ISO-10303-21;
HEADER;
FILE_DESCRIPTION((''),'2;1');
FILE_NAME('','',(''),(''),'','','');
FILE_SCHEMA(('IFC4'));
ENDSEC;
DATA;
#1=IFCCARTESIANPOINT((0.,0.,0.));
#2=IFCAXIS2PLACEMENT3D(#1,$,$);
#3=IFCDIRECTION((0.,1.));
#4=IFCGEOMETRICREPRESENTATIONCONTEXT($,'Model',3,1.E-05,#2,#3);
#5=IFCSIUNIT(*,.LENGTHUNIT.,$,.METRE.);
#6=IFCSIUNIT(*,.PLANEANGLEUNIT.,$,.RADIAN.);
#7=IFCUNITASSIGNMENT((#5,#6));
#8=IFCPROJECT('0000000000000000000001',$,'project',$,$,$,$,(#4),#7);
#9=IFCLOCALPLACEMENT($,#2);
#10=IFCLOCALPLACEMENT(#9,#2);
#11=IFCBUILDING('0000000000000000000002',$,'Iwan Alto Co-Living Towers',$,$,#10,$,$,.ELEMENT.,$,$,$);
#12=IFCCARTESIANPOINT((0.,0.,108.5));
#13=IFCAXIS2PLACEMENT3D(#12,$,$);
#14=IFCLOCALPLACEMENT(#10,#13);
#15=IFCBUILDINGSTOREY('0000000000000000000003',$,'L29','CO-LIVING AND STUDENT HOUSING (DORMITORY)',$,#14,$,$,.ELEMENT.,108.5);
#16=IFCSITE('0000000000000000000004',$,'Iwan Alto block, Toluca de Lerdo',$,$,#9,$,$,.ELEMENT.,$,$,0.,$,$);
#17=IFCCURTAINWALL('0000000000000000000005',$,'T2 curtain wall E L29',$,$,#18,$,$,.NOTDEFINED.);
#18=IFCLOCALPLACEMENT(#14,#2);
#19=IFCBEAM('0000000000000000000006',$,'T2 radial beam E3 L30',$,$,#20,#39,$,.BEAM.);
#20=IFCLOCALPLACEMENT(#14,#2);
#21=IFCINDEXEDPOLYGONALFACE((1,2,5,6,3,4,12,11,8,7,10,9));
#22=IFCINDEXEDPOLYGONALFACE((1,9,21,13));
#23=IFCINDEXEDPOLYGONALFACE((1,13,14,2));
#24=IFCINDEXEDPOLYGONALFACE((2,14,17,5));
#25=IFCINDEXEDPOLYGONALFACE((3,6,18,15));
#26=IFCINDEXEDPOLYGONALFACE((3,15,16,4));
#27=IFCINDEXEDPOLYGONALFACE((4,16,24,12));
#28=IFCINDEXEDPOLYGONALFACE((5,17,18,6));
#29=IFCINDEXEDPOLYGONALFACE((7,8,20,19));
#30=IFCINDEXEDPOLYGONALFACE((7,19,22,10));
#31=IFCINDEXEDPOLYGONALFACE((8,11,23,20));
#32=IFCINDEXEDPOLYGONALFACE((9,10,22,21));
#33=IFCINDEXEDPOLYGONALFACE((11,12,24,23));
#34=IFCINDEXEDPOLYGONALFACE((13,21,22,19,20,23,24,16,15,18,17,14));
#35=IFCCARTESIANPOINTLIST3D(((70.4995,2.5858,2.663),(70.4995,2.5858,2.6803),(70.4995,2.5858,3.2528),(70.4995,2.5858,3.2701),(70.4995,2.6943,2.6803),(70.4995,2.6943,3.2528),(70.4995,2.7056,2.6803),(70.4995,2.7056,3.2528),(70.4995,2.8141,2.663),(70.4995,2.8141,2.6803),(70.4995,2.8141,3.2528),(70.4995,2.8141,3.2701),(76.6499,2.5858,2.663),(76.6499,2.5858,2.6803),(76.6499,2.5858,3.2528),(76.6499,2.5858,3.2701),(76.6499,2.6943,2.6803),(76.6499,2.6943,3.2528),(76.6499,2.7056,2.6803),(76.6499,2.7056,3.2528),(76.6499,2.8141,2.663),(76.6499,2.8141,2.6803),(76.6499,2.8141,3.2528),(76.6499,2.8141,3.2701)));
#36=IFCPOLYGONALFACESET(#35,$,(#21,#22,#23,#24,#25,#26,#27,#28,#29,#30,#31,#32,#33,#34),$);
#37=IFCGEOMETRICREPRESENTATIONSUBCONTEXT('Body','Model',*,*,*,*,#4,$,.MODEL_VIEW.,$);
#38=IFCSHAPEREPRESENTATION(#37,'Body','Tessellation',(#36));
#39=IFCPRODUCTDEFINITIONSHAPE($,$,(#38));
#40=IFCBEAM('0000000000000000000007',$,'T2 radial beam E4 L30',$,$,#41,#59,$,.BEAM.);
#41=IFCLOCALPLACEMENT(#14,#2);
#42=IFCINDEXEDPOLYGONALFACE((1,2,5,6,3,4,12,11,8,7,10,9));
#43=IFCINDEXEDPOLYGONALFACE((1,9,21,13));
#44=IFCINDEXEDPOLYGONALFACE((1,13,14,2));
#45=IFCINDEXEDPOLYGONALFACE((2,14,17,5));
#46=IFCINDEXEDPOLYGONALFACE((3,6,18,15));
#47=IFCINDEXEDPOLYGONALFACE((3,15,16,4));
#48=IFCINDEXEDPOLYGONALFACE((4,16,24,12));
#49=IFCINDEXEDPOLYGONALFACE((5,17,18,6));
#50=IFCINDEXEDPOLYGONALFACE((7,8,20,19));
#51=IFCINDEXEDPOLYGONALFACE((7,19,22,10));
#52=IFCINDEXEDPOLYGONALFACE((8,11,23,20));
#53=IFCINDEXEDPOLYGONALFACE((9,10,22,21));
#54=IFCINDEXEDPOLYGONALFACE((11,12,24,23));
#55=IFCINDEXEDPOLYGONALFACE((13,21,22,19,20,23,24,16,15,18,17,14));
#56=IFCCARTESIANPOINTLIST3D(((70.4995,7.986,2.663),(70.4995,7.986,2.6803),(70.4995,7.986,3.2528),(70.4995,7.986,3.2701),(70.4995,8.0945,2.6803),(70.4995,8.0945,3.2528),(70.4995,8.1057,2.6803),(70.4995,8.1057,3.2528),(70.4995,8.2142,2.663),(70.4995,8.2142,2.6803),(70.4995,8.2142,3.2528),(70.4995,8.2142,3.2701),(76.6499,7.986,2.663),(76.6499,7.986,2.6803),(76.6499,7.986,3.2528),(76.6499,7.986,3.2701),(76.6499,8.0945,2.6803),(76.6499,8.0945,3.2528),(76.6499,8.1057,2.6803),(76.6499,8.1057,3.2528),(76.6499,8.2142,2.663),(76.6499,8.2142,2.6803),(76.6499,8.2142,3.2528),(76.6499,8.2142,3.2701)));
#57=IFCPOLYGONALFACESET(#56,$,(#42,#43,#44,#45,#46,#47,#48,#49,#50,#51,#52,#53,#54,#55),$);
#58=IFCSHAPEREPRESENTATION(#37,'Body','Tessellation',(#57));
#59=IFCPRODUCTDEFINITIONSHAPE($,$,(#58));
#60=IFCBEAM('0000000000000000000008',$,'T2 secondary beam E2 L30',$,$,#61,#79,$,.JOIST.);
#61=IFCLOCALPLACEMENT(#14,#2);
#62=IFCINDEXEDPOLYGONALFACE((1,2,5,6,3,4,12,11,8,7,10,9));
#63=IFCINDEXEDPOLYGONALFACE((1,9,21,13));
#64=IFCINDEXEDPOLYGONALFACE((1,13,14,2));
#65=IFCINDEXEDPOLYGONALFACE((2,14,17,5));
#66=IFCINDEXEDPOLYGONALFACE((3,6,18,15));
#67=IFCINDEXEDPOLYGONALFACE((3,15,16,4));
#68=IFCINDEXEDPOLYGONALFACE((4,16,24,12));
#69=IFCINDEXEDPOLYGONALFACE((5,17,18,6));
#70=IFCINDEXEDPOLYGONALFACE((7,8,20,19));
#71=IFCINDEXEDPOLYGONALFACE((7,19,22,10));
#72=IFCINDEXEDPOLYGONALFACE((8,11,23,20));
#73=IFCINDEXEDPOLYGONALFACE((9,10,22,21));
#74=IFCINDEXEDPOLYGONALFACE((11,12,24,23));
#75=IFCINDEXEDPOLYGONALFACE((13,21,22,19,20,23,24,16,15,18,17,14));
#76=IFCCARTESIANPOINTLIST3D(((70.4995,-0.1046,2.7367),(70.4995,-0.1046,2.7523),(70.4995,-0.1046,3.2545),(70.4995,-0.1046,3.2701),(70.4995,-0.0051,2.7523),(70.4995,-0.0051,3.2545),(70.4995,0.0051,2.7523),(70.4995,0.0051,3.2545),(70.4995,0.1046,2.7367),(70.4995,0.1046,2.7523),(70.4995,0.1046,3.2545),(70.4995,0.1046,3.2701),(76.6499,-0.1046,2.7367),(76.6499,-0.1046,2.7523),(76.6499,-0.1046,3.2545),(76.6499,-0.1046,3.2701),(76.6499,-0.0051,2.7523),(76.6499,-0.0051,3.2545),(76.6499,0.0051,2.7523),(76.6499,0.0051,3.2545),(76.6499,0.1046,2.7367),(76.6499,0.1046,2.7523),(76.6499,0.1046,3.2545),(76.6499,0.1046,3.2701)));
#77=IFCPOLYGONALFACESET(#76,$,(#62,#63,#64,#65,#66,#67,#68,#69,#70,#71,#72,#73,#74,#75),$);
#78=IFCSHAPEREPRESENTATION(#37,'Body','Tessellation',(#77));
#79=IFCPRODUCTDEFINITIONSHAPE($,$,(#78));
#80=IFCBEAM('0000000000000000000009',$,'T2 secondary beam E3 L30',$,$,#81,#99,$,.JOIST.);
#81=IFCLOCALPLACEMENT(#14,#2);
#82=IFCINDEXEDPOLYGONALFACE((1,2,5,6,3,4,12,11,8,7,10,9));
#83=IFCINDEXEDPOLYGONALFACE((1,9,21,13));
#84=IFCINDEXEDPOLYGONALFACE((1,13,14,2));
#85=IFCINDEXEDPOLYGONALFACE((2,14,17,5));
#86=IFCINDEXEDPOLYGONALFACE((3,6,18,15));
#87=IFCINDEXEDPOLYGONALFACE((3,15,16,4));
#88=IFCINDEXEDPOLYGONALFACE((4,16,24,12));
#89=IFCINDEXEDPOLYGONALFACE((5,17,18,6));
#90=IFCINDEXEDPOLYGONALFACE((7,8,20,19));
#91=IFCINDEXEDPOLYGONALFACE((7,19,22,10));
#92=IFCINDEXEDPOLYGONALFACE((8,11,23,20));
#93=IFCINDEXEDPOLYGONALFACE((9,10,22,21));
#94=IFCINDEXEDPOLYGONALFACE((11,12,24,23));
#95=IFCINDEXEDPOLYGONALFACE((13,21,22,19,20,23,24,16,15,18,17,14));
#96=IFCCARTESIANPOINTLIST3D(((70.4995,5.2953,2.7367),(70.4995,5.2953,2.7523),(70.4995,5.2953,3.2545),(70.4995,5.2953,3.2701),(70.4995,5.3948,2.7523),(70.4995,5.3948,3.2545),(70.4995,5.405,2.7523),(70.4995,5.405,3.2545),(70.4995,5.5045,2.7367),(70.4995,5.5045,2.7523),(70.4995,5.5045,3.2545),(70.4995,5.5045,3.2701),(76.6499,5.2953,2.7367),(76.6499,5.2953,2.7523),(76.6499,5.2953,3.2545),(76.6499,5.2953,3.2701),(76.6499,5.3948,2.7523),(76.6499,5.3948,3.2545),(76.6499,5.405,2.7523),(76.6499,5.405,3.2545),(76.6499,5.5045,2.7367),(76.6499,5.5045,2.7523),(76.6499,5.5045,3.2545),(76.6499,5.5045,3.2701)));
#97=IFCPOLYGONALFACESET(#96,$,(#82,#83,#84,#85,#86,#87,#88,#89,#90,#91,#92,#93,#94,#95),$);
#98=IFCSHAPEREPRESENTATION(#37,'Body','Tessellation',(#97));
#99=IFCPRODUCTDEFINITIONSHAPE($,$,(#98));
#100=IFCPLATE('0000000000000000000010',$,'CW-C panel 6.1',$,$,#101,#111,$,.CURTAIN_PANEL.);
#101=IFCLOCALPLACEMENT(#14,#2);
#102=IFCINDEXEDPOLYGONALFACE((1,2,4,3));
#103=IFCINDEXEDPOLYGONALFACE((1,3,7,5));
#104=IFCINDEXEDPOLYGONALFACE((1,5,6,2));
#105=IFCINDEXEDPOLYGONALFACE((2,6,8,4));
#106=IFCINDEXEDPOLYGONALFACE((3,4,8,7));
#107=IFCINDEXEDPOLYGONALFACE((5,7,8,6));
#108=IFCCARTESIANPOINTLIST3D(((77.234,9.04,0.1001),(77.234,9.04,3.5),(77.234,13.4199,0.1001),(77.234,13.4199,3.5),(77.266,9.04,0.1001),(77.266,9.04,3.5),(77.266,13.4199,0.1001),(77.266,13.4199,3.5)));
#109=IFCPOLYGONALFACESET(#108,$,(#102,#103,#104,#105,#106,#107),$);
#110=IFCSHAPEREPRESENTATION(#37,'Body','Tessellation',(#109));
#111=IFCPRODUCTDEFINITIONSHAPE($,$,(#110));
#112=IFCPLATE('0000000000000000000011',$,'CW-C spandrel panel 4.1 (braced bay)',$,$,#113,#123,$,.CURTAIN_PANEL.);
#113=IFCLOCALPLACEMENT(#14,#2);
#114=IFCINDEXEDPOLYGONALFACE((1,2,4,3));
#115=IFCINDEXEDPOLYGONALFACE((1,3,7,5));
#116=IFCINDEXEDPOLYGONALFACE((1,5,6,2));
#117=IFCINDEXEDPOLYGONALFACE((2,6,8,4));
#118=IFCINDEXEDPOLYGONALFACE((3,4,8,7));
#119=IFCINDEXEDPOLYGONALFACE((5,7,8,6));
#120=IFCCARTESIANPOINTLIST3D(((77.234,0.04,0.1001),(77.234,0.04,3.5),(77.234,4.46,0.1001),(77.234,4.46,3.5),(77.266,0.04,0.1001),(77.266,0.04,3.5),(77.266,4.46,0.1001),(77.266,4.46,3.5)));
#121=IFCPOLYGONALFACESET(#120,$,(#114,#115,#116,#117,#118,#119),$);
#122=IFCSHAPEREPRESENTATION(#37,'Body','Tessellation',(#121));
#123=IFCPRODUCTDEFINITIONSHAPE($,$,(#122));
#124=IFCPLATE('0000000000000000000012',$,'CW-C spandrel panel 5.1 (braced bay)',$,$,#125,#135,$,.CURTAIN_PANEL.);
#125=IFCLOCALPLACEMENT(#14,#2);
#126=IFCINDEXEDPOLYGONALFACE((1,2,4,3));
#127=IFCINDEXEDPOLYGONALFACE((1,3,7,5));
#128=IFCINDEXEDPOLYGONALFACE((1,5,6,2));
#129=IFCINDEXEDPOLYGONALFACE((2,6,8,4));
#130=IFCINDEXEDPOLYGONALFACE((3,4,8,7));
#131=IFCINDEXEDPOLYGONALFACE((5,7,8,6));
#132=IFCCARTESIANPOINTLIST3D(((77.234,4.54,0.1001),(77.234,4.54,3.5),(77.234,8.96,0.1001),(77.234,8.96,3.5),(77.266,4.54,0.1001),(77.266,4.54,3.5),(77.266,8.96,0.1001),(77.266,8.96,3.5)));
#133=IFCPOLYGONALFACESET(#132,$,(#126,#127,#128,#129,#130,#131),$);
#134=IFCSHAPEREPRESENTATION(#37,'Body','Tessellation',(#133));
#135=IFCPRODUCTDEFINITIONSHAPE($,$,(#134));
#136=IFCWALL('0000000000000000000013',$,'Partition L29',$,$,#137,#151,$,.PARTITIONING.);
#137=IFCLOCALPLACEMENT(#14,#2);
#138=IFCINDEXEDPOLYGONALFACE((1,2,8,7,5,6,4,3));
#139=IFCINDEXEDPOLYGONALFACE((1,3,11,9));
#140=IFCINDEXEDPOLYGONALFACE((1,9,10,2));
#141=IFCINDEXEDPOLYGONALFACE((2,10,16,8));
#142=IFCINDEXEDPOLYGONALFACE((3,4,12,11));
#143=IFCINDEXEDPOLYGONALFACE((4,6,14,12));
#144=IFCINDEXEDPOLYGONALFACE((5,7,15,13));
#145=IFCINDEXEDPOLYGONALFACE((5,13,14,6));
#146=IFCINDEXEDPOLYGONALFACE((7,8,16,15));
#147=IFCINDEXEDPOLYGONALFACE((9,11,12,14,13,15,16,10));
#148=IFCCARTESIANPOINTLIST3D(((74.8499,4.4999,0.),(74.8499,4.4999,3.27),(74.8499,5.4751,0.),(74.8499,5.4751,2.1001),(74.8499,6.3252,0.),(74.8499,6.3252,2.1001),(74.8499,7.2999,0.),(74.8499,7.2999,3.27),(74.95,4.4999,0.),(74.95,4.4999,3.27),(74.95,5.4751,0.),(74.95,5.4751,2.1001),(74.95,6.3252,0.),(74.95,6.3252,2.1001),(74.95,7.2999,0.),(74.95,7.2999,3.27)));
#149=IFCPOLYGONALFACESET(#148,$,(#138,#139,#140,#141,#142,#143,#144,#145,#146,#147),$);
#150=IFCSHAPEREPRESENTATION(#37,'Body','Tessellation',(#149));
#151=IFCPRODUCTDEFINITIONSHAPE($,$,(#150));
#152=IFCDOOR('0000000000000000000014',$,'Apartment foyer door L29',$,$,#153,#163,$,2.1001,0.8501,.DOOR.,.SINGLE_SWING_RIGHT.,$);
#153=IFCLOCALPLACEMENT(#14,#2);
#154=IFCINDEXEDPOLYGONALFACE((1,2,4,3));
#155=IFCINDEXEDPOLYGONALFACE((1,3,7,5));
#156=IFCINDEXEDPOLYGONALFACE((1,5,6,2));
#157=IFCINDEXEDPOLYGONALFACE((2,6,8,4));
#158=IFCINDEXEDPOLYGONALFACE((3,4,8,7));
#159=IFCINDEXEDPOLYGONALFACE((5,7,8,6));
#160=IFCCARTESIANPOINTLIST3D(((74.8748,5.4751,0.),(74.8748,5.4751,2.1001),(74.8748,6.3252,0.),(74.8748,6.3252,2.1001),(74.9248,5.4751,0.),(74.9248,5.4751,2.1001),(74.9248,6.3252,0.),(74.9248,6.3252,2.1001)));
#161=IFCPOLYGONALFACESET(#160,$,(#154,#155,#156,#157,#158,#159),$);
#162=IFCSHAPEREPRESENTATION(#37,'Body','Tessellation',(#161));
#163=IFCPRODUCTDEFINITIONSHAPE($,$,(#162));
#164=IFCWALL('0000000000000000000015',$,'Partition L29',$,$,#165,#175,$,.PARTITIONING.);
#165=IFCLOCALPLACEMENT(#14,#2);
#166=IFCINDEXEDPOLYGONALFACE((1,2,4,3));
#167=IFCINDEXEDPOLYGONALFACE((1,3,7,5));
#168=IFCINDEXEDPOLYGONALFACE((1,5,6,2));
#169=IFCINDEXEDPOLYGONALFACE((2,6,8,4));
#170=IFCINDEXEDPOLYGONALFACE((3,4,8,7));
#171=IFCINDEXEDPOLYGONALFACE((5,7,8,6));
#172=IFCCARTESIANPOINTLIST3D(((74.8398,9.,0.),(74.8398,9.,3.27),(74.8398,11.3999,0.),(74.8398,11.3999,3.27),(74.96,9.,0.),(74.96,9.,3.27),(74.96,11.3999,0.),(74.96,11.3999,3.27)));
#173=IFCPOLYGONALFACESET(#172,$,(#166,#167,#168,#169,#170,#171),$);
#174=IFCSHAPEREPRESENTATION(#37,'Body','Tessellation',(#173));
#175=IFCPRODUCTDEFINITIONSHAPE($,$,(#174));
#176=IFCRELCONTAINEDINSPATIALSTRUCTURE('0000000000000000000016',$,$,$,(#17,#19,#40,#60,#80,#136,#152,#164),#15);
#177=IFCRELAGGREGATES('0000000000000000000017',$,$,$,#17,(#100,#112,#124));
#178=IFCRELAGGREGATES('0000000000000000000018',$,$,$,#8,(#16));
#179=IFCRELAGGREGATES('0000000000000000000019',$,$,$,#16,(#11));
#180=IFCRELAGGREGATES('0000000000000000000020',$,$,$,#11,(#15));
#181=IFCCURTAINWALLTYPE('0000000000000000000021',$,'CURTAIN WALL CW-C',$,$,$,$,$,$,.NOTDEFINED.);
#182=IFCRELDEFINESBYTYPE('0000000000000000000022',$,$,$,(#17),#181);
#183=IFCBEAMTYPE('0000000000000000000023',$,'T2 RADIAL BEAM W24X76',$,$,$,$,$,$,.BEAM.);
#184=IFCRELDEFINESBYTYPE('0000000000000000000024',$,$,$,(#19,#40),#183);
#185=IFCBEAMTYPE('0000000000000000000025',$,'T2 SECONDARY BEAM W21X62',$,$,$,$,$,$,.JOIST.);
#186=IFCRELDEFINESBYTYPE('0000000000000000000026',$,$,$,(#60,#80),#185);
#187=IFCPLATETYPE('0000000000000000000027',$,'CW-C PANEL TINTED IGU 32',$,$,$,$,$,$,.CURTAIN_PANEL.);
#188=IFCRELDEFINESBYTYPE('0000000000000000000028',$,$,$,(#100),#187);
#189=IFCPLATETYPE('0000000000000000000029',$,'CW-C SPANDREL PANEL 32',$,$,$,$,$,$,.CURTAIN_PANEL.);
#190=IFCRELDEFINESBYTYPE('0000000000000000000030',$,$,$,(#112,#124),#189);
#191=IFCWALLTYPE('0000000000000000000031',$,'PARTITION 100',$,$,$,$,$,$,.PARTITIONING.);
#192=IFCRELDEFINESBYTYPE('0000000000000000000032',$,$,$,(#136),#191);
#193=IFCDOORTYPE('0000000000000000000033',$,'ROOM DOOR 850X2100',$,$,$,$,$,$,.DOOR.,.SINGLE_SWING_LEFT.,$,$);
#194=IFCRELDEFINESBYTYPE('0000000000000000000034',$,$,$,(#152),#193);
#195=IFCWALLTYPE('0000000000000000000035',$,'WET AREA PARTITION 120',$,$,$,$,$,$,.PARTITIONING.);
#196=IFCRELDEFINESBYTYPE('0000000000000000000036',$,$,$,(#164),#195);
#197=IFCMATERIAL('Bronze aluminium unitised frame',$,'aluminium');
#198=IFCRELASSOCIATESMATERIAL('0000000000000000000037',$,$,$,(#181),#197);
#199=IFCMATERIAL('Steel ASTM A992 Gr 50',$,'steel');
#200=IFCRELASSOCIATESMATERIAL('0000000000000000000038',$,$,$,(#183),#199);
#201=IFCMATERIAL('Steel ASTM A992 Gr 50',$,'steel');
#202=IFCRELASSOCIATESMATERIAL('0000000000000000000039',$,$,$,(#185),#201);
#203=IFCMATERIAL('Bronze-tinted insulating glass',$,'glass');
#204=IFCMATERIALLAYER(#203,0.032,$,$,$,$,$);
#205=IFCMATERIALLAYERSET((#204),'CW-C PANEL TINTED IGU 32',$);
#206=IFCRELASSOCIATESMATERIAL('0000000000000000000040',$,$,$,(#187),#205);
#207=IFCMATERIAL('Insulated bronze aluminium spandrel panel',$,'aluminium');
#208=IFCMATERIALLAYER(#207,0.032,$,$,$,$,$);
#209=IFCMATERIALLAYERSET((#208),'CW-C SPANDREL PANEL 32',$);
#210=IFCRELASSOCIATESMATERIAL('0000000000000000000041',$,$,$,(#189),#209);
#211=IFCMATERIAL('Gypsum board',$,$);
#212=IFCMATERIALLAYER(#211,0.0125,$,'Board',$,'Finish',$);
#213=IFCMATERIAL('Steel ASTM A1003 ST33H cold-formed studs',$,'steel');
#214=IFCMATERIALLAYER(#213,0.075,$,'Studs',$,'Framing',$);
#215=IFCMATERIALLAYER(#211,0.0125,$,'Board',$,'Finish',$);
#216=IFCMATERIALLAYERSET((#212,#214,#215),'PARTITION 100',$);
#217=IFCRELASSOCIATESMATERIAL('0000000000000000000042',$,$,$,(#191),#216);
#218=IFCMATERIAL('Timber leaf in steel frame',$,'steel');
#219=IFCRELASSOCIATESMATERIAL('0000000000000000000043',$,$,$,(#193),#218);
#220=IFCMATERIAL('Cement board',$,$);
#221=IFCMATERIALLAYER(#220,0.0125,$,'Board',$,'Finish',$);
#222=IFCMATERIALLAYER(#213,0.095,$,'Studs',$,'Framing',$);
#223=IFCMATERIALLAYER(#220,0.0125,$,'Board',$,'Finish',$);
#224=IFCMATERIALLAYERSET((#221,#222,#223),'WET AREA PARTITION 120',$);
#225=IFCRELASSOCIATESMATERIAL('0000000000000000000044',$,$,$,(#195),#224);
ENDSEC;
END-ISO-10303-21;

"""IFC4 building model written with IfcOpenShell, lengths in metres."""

from ifc_helpers import new_model, si_unit, direction, frame, frame_2d, origin, origin_2d, place, context, subcontext, project, spatial, rectangle, i_section, extrude, material, layer, layer_set, material_profile, profile_set, type_object, element, fill, aggregate, save


model = new_model("IFC4")

# Units and contexts
model_context = context("Model", 3, precision=1e-05, world=origin(), true_north=direction((0.0, 1.0)))
body_context = subcontext(model_context, "Body", "Model", "MODEL_VIEW")
ifc_project = project(units=[si_unit("LENGTHUNIT", "METRE"), si_unit("PLANEANGLEUNIT", "RADIAN")], contexts=[model_context])

# Site, building, storey
site_placement = place(None, origin())
site = spatial("IfcSite", under=ifc_project, at=site_placement, Name="Iwan Alto block, Toluca de Lerdo", CompositionType="ELEMENT", RefElevation=0.0)
building_placement = place(site_placement, origin())
building = spatial("IfcBuilding", under=site, at=building_placement, Name="Iwan Alto Co-Living Towers", CompositionType="ELEMENT")
storey_placement = place(building_placement, frame((0.0, 0.0, 108.5)))
storey = spatial("IfcBuildingStorey", under=building, at=storey_placement, Name="L29", Description="CO-LIVING AND STUDENT HOUSING (DORMITORY)", CompositionType="ELEMENT", Elevation=108.5)

# Curtain wall
ifc_material_1 = material(Name="Bronze aluminium unitised frame", Category="aluminium")
curtain_wall_type = type_object("IfcCurtainWallType", Name="CURTAIN WALL CW-C", PredefinedType="NOTDEFINED", material=ifc_material_1)
curtain_wall_placement = place(storey_placement, origin())
curtain_wall = element("IfcCurtainWall", 1, at=curtain_wall_placement, inside=storey, type_object=curtain_wall_type, Name="T2 curtain wall E L29", PredefinedType="NOTDEFINED")

# Beams
ifc_material_2 = material(Name="Steel ASTM A992 Gr 50", Category="steel")
ifc_material_profile_1 = material_profile(ifc_material_2, i_section(OverallWidth=0.2283, OverallDepth=0.6072, WebThickness=0.0112, FlangeThickness=0.0173, at=origin_2d()), Name="W24X76")
ifc_profile_set_1 = profile_set([ifc_material_profile_1], Name="Steel ASTM A992 Gr 50")
beam_type_1 = type_object("IfcBeamType", Name="T2 RADIAL BEAM W24X76", PredefinedType="BEAM", material=ifc_profile_set_1)
for number, where, z_axis, x_axis, name in (
    (2, (76.6499, 2.7, 2.9666), (-1.0, 0.0, 0.0), (0.0, -1.0, 0.0), "T2 radial beam E3 L30"),
    (3, (76.6499, 8.1001, 2.9666), (-1.0, 0.0, 0.0), (0.0, -1.0, 0.0), "T2 radial beam E4 L30"),
):
    element("IfcBeam", number, at=place(storey_placement, frame(where, z_axis=z_axis, x_axis=x_axis)), inside=storey, type_object=beam_type_1, Name=name, PredefinedType="BEAM", context=body_context, shape_type="SweptSolid", body=[
        extrude(i_section(OverallWidth=0.2283, OverallDepth=0.6072, WebThickness=0.0112, FlangeThickness=0.0173, at=origin_2d()), origin(), (0.0, 0.0, 1.0), 6.1504),
    ])
ifc_material_3 = material(Name="Steel ASTM A992 Gr 50", Category="steel")
ifc_material_profile_2 = material_profile(ifc_material_3, i_section(OverallWidth=0.2092, OverallDepth=0.5334, WebThickness=0.0103, FlangeThickness=0.0156, at=origin_2d()), Name="W21X62")
ifc_profile_set_2 = profile_set([ifc_material_profile_2], Name="Steel ASTM A992 Gr 50")
beam_type_2 = type_object("IfcBeamType", Name="T2 SECONDARY BEAM W21X62", PredefinedType="JOIST", material=ifc_profile_set_2)
for number, where, z_axis, x_axis, name in (
    (4, (76.6499, 0.0, 3.0034), (-1.0, 0.0, 0.0), (0.0, -1.0, 0.0), "T2 secondary beam E2 L30"),
    (5, (76.6499, 5.3999, 3.0034), (-1.0, 0.0, 0.0), (0.0, -1.0, 0.0), "T2 secondary beam E3 L30"),
):
    element("IfcBeam", number, at=place(storey_placement, frame(where, z_axis=z_axis, x_axis=x_axis)), inside=storey, type_object=beam_type_2, Name=name, PredefinedType="JOIST", context=body_context, shape_type="SweptSolid", body=[
        extrude(i_section(OverallWidth=0.2092, OverallDepth=0.5334, WebThickness=0.0103, FlangeThickness=0.0156, at=origin_2d()), origin(), (0.0, 0.0, 1.0), 6.1504),
    ])

# Plates
ifc_material_4 = material(Name="Bronze-tinted insulating glass", Category="glass")
ifc_layer_1 = layer(ifc_material_4, 0.032)
ifc_layer_set_1 = layer_set([ifc_layer_1], Name="CW-C PANEL TINTED IGU 32")
plate_type_1 = type_object("IfcPlateType", Name="CW-C PANEL TINTED IGU 32", PredefinedType="CURTAIN_PANEL", material=ifc_layer_set_1)
plate_1_placement = place(storey_placement, frame((77.25, 11.23, 0.1001), z_axis=(0.0, 0.0, 1.0), x_axis=(0.0, 1.0, 0.0)))
plate_1 = element("IfcPlate", 6, at=plate_1_placement, type_object=plate_type_1, Name="CW-C panel 6.1", PredefinedType="CURTAIN_PANEL", context=body_context, shape_type="SweptSolid", body=[
    extrude(rectangle(XDim=4.3799, YDim=0.032, at=origin_2d()), origin(), (0.0, 0.0, 1.0), 3.3999),
])
ifc_material_5 = material(Name="Insulated bronze aluminium spandrel panel", Category="aluminium")
ifc_layer_2 = layer(ifc_material_5, 0.032)
ifc_layer_set_2 = layer_set([ifc_layer_2], Name="CW-C SPANDREL PANEL 32")
plate_type_2 = type_object("IfcPlateType", Name="CW-C SPANDREL PANEL 32", PredefinedType="CURTAIN_PANEL", material=ifc_layer_set_2)
plate_2_placement = place(storey_placement, frame((77.25, 2.25, 0.1001), z_axis=(0.0, 0.0, 1.0), x_axis=(0.0, 1.0, 0.0)))
plate_2 = element("IfcPlate", 7, at=plate_2_placement, type_object=plate_type_2, Name="CW-C spandrel panel 4.1 (braced bay)", PredefinedType="CURTAIN_PANEL", context=body_context, shape_type="SweptSolid", body=[
    extrude(rectangle(XDim=4.4199, YDim=0.032, at=origin_2d()), origin(), (0.0, 0.0, 1.0), 3.3999),
])
plate_3_placement = place(storey_placement, frame((77.25, 6.75, 0.1001), z_axis=(0.0, 0.0, 1.0), x_axis=(0.0, 1.0, 0.0)))
plate_3 = element("IfcPlate", 8, at=plate_3_placement, type_object=plate_type_2, Name="CW-C spandrel panel 5.1 (braced bay)", PredefinedType="CURTAIN_PANEL", context=body_context, shape_type="SweptSolid", body=[
    extrude(rectangle(XDim=4.4199, YDim=0.032, at=origin_2d()), origin(), (0.0, 0.0, 1.0), 3.3999),
])
aggregate(curtain_wall, [plate_1, plate_2, plate_3])

# Wall, opening, door
ifc_material_6 = material(Name="Gypsum board")
ifc_layer_3 = layer(ifc_material_6, 0.0125, Name="Board", Category="Finish")
ifc_material_7 = material(Name="Steel ASTM A1003 ST33H cold-formed studs", Category="steel")
ifc_layer_4 = layer(ifc_material_7, 0.075, Name="Studs", Category="Framing")
ifc_layer_5 = layer(ifc_material_6, 0.0125, Name="Board", Category="Finish")
ifc_layer_set_3 = layer_set([ifc_layer_3, ifc_layer_4, ifc_layer_5], Name="PARTITION 100")
wall_type_1 = type_object("IfcWallType", Name="PARTITION 100", PredefinedType="PARTITIONING", material=ifc_layer_set_3)
wall_1_placement = place(storey_placement, frame((74.8999, 4.5, 0.0), z_axis=(0.0, 0.0, 1.0), x_axis=(0.0, 1.0, 0.0)))
wall_1 = element("IfcWall", 9, at=wall_1_placement, inside=storey, type_object=wall_type_1, Name="Partition L29", PredefinedType="PARTITIONING", context=body_context, shape_type="SweptSolid", body=[
    extrude(rectangle(XDim=2.8, YDim=0.1001, at=frame_2d((1.3999, 0.0))), origin(), (0.0, 0.0, 1.0), 3.27),
])
opening_placement = place(wall_1_placement, frame((0.9751, 0.0, 0.0)))
opening = element("IfcOpeningElement", 10, at=opening_placement, cuts=wall_1, PredefinedType="OPENING", context=body_context, shape_type="SweptSolid", body=[
    extrude(rectangle(XDim=0.8501, YDim=2.1001, at=frame_2d((0.425, 1.05))), frame((0.0, 0.0601, 0.0), z_axis=(0.0, -1.0, 0.0), x_axis=(1.0, 0.0, 0.0)), (0.0, 0.0, 1.0), 0.1201),
])
ifc_material_8 = material(Name="Timber leaf in steel frame", Category="steel")
door_type = type_object("IfcDoorType", Name="ROOM DOOR 850X2100", OperationType="SINGLE_SWING_LEFT", PredefinedType="DOOR", material=ifc_material_8)
door_placement = place(opening_placement, frame((0.8501, 0.0, 0.0), z_axis=(0.0, 0.0, 1.0), x_axis=(-1.0, 0.0, 0.0)))
door = element("IfcDoor", 11, at=door_placement, inside=storey, type_object=door_type, Name="Apartment foyer door L29", OperationType="SINGLE_SWING_RIGHT", OverallHeight=2.1001, OverallWidth=0.8501, PredefinedType="DOOR", context=body_context, shape_type="SweptSolid", body=[
    extrude(rectangle(XDim=0.8501, YDim=2.1001, at=frame_2d((0.425, 1.05))), frame((0.0, 0.0249, 0.0), z_axis=(0.0, -1.0, 0.0), x_axis=(1.0, 0.0, 0.0)), (0.0, 0.0, 1.0), 0.05),
])
fill(opening, door)

# Wall
ifc_material_9 = material(Name="Cement board")
ifc_layer_6 = layer(ifc_material_9, 0.0125, Name="Board", Category="Finish")
ifc_layer_7 = layer(ifc_material_7, 0.095, Name="Studs", Category="Framing")
ifc_layer_8 = layer(ifc_material_9, 0.0125, Name="Board", Category="Finish")
ifc_layer_set_4 = layer_set([ifc_layer_6, ifc_layer_7, ifc_layer_8], Name="WET AREA PARTITION 120")
wall_type_2 = type_object("IfcWallType", Name="WET AREA PARTITION 120", PredefinedType="PARTITIONING", material=ifc_layer_set_4)
wall_2_placement = place(storey_placement, frame((74.8999, 9.0, 0.0), z_axis=(0.0, 0.0, 1.0), x_axis=(0.0, 1.0, 0.0)))
element("IfcWall", 12, at=wall_2_placement, inside=storey, type_object=wall_type_2, Name="Partition L29", PredefinedType="PARTITIONING", context=body_context, shape_type="SweptSolid", body=[
    extrude(rectangle(XDim=2.3999, YDim=0.1201, at=frame_2d((1.2, 0.0))), origin(), (0.0, 0.0, 1.0), 3.27),
])

save(model, "model.ifc")
